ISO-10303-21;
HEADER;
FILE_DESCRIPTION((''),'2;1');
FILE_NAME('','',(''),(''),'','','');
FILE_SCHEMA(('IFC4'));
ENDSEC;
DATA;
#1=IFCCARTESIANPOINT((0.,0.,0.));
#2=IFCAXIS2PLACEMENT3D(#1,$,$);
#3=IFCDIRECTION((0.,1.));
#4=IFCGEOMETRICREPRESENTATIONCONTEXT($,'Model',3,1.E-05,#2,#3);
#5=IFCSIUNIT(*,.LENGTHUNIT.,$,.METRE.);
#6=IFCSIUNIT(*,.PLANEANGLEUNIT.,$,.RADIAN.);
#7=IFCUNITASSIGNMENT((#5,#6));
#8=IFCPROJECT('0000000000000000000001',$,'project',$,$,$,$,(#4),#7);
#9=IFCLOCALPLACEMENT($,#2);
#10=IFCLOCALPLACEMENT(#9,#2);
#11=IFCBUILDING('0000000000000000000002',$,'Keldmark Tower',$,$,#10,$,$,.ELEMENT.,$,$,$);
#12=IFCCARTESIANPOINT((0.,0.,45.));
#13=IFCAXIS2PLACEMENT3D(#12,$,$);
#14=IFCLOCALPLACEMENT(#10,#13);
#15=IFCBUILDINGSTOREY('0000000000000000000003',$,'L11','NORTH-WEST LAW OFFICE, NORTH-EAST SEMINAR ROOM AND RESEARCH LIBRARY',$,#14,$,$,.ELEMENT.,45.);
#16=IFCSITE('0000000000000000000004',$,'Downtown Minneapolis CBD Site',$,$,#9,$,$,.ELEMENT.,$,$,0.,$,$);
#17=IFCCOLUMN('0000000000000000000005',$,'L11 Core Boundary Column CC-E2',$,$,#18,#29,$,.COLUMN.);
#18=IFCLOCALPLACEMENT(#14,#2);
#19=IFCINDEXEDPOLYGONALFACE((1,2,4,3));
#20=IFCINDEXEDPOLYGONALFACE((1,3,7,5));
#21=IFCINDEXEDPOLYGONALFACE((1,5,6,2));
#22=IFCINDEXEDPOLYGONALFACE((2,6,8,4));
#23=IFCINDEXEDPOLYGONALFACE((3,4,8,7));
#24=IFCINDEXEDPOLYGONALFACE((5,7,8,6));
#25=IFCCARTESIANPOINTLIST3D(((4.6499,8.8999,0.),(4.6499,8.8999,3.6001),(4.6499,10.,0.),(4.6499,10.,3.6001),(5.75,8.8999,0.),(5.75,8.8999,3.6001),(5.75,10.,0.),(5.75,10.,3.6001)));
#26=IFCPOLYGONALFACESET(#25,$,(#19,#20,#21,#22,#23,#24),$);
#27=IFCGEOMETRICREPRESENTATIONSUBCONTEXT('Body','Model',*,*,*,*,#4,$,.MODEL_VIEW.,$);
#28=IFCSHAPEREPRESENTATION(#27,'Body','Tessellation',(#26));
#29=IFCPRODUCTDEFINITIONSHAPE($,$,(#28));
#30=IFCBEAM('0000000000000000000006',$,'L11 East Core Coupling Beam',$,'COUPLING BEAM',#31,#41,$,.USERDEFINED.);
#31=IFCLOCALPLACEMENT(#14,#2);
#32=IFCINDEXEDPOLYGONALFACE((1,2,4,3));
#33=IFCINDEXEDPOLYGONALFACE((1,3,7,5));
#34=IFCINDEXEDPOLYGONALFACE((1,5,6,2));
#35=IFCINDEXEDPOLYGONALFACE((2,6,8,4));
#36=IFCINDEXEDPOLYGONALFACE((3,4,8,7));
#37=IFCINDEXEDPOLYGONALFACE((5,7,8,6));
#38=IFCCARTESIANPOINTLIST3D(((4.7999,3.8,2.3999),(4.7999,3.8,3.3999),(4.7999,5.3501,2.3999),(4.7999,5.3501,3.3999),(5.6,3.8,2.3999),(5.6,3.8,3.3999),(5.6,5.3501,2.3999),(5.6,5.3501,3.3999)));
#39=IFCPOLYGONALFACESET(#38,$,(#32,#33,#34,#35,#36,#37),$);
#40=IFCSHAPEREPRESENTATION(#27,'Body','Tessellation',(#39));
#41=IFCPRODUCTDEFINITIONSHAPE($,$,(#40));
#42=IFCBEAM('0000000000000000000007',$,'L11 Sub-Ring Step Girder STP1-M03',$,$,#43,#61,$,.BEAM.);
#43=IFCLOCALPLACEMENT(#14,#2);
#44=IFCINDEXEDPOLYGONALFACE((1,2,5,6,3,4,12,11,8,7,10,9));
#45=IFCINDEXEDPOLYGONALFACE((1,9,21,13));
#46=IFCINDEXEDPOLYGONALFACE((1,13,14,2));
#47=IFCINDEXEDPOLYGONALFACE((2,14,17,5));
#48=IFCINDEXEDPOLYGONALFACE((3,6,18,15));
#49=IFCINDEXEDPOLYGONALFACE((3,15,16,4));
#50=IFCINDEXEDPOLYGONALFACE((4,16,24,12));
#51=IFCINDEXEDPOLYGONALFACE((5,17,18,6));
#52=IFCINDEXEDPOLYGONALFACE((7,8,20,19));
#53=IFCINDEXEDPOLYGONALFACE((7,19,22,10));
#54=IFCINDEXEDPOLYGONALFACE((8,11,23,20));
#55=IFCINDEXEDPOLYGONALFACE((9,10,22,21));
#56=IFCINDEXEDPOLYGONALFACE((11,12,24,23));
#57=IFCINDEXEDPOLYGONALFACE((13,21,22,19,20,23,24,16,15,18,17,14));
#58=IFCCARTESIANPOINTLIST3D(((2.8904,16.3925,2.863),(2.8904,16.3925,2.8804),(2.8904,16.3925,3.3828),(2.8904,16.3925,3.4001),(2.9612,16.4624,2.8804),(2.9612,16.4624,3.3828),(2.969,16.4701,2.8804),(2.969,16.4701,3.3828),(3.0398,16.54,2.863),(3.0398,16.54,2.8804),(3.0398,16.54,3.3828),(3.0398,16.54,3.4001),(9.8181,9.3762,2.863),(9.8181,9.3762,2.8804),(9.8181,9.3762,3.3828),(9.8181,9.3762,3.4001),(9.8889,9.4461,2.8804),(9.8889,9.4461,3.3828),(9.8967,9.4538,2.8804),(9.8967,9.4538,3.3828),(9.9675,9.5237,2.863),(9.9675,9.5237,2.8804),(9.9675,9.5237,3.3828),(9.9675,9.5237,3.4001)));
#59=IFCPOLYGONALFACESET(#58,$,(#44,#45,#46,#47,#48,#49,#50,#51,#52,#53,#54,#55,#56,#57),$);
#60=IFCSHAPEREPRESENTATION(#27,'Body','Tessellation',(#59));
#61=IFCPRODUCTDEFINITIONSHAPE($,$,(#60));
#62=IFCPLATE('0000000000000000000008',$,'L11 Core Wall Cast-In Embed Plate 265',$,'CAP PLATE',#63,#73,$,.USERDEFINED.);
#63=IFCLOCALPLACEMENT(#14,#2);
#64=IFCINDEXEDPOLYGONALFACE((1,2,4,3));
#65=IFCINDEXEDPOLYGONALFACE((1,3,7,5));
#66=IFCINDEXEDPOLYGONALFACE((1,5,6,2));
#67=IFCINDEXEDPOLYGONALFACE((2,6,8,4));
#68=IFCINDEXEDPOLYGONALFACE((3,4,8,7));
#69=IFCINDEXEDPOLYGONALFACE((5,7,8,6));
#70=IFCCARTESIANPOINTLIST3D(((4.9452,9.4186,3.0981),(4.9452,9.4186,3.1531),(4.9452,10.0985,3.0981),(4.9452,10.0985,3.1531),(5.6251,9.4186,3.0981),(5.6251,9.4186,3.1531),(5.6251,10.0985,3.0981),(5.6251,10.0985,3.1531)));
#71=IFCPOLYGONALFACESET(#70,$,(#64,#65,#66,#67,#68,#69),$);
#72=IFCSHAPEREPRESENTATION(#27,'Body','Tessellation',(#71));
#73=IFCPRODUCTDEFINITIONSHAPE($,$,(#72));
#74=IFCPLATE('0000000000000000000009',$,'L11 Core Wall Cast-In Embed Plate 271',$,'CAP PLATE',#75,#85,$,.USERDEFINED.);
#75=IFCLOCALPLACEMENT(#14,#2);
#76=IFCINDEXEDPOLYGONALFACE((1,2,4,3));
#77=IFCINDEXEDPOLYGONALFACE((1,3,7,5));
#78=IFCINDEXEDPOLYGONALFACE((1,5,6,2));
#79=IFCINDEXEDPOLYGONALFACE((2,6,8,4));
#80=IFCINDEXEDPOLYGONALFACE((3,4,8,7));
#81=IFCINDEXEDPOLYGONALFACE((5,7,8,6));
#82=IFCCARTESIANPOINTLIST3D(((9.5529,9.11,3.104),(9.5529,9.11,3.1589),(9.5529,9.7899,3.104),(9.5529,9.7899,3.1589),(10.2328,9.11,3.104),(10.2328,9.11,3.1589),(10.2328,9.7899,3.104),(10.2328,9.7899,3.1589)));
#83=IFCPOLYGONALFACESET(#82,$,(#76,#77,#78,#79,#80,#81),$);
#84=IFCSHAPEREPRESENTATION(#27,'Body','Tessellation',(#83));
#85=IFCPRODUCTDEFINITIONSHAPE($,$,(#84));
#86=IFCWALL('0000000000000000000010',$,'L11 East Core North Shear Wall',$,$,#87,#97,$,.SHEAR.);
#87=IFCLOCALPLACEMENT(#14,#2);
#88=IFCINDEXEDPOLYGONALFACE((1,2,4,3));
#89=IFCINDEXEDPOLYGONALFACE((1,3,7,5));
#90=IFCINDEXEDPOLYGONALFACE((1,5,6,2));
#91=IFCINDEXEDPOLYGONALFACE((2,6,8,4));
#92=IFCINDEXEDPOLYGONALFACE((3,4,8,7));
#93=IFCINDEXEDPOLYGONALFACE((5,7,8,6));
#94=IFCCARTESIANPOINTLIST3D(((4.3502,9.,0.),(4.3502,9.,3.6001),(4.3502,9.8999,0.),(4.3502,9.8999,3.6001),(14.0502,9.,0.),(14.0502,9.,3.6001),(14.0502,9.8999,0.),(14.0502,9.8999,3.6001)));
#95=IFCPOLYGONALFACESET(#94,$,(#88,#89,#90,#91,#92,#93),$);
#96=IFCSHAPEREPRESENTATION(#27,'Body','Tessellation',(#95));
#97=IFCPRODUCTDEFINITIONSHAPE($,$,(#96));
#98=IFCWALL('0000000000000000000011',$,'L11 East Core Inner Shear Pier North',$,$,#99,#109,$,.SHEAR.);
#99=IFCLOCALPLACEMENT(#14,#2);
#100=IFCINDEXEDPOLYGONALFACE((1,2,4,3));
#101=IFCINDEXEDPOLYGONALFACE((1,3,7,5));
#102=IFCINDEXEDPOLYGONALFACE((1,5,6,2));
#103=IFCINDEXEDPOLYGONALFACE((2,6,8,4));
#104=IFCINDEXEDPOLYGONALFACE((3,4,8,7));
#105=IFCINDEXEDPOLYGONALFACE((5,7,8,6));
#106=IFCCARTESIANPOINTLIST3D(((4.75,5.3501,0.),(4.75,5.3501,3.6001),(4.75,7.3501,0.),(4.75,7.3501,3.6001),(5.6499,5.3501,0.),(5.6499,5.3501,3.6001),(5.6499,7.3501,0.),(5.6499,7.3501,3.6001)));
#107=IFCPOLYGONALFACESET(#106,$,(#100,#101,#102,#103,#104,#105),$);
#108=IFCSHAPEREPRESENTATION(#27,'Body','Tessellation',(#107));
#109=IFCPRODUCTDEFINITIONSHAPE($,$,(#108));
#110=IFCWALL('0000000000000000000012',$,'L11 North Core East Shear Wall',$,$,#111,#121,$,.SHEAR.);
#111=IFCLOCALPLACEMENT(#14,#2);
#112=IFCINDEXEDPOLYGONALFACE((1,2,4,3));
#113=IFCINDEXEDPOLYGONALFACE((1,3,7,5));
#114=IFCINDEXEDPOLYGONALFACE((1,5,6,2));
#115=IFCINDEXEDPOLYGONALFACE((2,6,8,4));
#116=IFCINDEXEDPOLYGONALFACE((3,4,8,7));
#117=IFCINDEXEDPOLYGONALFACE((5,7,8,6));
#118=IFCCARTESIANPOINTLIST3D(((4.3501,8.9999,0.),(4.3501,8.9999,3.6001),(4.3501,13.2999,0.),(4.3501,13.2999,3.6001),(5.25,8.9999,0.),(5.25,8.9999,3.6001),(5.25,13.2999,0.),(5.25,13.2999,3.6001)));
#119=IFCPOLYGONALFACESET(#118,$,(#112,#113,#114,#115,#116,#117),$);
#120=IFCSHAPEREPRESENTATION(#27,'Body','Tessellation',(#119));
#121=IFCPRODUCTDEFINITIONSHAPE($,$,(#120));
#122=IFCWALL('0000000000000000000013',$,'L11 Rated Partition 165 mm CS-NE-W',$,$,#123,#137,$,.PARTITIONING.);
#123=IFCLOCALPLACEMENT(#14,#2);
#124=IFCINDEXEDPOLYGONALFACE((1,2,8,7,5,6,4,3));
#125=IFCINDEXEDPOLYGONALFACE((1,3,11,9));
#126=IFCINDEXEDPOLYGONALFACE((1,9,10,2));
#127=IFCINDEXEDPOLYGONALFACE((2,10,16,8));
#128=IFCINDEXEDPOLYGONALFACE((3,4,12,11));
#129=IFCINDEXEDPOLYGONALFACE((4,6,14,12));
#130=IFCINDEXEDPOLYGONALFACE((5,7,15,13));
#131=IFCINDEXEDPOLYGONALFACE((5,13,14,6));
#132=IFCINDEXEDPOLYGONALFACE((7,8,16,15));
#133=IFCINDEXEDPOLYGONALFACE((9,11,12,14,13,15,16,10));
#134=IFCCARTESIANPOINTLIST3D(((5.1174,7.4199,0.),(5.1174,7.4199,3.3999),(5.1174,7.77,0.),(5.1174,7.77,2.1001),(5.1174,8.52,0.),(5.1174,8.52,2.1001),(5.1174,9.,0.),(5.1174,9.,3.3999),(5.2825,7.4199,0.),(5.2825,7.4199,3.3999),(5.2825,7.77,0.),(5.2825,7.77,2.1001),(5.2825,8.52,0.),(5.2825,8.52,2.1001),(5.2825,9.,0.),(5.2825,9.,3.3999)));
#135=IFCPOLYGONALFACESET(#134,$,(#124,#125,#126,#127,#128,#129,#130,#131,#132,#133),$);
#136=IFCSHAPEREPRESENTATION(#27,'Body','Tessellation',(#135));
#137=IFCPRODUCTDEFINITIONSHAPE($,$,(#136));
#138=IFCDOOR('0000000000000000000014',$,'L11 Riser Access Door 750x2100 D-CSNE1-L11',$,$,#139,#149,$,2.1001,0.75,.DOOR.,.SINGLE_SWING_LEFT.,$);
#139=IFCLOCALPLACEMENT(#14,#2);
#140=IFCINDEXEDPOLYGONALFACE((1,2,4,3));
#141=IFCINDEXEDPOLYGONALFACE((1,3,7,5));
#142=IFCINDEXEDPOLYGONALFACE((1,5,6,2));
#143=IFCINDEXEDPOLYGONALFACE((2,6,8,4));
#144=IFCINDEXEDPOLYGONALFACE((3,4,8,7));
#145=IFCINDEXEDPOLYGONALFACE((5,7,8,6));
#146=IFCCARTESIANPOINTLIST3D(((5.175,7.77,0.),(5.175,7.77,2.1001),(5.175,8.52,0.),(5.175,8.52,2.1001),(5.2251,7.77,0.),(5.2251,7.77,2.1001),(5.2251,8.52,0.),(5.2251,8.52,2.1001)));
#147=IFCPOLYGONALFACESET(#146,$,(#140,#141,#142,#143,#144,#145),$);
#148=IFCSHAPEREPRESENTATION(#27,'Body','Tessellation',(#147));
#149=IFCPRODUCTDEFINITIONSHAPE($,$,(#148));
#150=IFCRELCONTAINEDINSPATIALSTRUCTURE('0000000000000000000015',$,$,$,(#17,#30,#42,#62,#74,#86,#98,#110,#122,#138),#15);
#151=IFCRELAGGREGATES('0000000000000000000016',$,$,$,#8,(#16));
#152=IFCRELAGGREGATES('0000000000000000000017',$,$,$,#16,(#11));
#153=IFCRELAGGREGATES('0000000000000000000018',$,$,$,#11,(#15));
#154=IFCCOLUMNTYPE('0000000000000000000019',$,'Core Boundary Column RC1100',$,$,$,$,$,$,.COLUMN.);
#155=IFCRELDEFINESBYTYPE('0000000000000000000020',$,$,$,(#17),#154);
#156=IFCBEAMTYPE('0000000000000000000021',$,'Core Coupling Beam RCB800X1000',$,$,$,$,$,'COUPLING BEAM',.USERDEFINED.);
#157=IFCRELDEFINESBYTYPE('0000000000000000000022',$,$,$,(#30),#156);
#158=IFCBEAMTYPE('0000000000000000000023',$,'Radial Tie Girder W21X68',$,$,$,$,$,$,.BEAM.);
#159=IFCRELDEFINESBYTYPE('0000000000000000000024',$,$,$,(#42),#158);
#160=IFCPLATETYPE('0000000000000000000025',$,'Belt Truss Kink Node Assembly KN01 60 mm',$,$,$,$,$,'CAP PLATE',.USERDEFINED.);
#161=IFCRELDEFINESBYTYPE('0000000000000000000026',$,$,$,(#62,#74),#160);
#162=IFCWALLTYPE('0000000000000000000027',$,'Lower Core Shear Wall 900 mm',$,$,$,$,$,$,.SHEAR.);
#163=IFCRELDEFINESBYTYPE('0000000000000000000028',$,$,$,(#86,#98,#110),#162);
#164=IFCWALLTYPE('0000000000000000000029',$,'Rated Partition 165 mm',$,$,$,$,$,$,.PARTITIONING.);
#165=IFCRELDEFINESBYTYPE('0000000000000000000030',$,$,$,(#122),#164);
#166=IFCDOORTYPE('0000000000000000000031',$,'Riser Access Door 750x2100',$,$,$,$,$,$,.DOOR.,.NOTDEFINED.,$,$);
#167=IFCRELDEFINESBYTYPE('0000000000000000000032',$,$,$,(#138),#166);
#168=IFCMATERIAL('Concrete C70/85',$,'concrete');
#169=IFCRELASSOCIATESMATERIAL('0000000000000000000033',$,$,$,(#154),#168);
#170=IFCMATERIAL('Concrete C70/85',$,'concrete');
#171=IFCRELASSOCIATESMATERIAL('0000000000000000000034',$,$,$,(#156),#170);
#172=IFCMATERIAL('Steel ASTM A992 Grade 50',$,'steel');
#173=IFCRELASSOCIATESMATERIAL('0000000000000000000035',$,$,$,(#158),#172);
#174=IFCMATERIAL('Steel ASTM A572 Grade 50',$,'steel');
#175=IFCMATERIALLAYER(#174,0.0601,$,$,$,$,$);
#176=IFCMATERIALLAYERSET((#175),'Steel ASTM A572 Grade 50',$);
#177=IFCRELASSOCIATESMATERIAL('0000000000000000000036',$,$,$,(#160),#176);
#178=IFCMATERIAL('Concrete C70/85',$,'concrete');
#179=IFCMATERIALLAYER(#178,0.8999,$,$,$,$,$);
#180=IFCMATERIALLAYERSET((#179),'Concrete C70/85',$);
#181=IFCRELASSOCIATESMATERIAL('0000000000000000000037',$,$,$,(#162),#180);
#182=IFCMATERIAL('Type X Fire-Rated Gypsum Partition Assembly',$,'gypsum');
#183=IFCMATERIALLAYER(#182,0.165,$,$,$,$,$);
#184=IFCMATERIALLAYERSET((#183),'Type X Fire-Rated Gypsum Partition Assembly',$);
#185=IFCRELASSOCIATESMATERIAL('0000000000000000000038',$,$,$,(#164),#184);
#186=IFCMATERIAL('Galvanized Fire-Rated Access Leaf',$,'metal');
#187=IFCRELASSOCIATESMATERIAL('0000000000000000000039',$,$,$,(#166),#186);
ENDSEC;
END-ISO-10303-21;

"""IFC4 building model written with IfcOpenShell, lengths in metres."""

from ifc_helpers import new_model, si_unit, direction, frame, frame_2d, origin, origin_2d, place, context, subcontext, project, spatial, rectangle, i_section, extrude, material, layer, layer_set, material_profile, profile_set, type_object, element, fill, save


model = new_model("IFC4")

# Units and contexts
model_context = context("Model", 3, precision=1e-05, world=origin(), true_north=direction((0.0, 1.0)))
body_context = subcontext(model_context, "Body", "Model", "MODEL_VIEW")
ifc_project = project(units=[si_unit("LENGTHUNIT", "METRE"), si_unit("PLANEANGLEUNIT", "RADIAN")], contexts=[model_context])

# Site, building, storey
site_placement = place(None, origin())
site = spatial("IfcSite", under=ifc_project, at=site_placement, Name="Downtown Minneapolis CBD Site", CompositionType="ELEMENT", RefElevation=0.0)
building_placement = place(site_placement, origin())
building = spatial("IfcBuilding", under=site, at=building_placement, Name="Keldmark Tower", CompositionType="ELEMENT")
storey_placement = place(building_placement, frame((0.0, 0.0, 45.0)))
storey = spatial("IfcBuildingStorey", under=building, at=storey_placement, Name="L11", Description="NORTH-WEST LAW OFFICE, NORTH-EAST SEMINAR ROOM AND RESEARCH LIBRARY", CompositionType="ELEMENT", Elevation=45.0)

# Column
ifc_material_1 = material(Name="Concrete C70/85", Category="concrete")
ifc_material_profile_1 = material_profile(ifc_material_1, rectangle(XDim=1.1001, YDim=1.1001, at=origin_2d()), Name="RC1100X1100")
ifc_profile_set_1 = profile_set([ifc_material_profile_1], Name="Concrete C70/85")
column_type = type_object("IfcColumnType", Name="Core Boundary Column RC1100", PredefinedType="COLUMN", material=ifc_profile_set_1)
column_placement = place(storey_placement, frame((5.2, 9.45, 0.0), z_axis=(0.0, 0.0, 1.0), x_axis=(1.0, 0.0, 0.0)))
element("IfcColumn", 1, at=column_placement, inside=storey, type_object=column_type, Name="L11 Core Boundary Column CC-E2", PredefinedType="COLUMN", context=body_context, shape_type="SweptSolid", body=[
    extrude(rectangle(XDim=1.1001, YDim=1.1001, at=origin_2d()), origin(), (0.0, 0.0, 1.0), 3.6001),
])

# Beams
ifc_material_2 = material(Name="Concrete C70/85", Category="concrete")
ifc_material_profile_2 = material_profile(ifc_material_2, rectangle(XDim=0.8, YDim=1.0, at=origin_2d()), Name="RCB800X1000")
ifc_profile_set_2 = profile_set([ifc_material_profile_2], Name="Concrete C70/85")
beam_type_1 = type_object("IfcBeamType", Name="Core Coupling Beam RCB800X1000", ElementType="COUPLING BEAM", PredefinedType="USERDEFINED", material=ifc_profile_set_2)
beam_1_placement = place(storey_placement, frame((5.2, 3.8, 2.8999), z_axis=(0.0, 1.0, 0.0), x_axis=(-1.0, 0.0, 0.0)))
element("IfcBeam", 2, at=beam_1_placement, inside=storey, type_object=beam_type_1, Name="L11 East Core Coupling Beam", ObjectType="COUPLING BEAM", PredefinedType="USERDEFINED", context=body_context, shape_type="SweptSolid", body=[
    extrude(rectangle(XDim=0.8, YDim=1.0, at=origin_2d()), origin(), (0.0, 0.0, 1.0), 1.55),
])
ifc_material_3 = material(Name="Steel ASTM A992 Grade 50", Category="steel")
ifc_material_profile_3 = material_profile(ifc_material_3, i_section(OverallWidth=0.21, OverallDepth=0.5371, WebThickness=0.011, FlangeThickness=0.0173, at=origin_2d()), Name="W21X68")
ifc_profile_set_3 = profile_set([ifc_material_profile_3], Name="Steel ASTM A992 Grade 50")
beam_type_2 = type_object("IfcBeamType", Name="Radial Tie Girder W21X68", PredefinedType="BEAM", material=ifc_profile_set_3)
beam_2_placement = place(storey_placement, frame((9.8928, 9.45, 3.1316), z_axis=(-0.702599, 0.711586, 0.0), x_axis=(-0.711586, -0.702599, 0.0)))
element("IfcBeam", 3, at=beam_2_placement, inside=storey, type_object=beam_type_2, Name="L11 Sub-Ring Step Girder STP1-M03", PredefinedType="BEAM", context=body_context, shape_type="SweptSolid", body=[
    extrude(i_section(OverallWidth=0.21, OverallDepth=0.5371, WebThickness=0.011, FlangeThickness=0.0173, at=origin_2d()), origin(), (0.0, 0.0, 1.0), 9.8601),
])

# Plates
ifc_material_4 = material(Name="Steel ASTM A572 Grade 50", Category="steel")
ifc_layer_1 = layer(ifc_material_4, 0.0601)
ifc_layer_set_1 = layer_set([ifc_layer_1], Name="Steel ASTM A572 Grade 50")
plate_type = type_object("IfcPlateType", Name="Belt Truss Kink Node Assembly KN01 60 mm", ElementType="CAP PLATE", PredefinedType="USERDEFINED", material=ifc_layer_set_1)
for number, where, z_axis, x_axis, name in (
    (4, (5.2852, 9.7585, 3.0981), (0.0, 0.0, 1.0), (1.0, 0.0, 0.0), "L11 Core Wall Cast-In Embed Plate 265"),
    (5, (9.8928, 9.45, 3.104), (0.0, 0.0, 1.0), (1.0, 0.0, 0.0), "L11 Core Wall Cast-In Embed Plate 271"),
):
    element("IfcPlate", number, at=place(storey_placement, frame(where, z_axis=z_axis, x_axis=x_axis)), inside=storey, type_object=plate_type, Name=name, ObjectType="CAP PLATE", PredefinedType="USERDEFINED", context=body_context, shape_type="SweptSolid", body=[
        extrude(rectangle(XDim=0.6799, YDim=0.6799, at=origin_2d()), origin(), (0.0, 0.0, 1.0), 0.0549),
    ])

# Walls
ifc_material_5 = material(Name="Concrete C70/85", Category="concrete")
ifc_layer_2 = layer(ifc_material_5, 0.8999)
ifc_layer_set_2 = layer_set([ifc_layer_2], Name="Concrete C70/85")
wall_type_1 = type_object("IfcWallType", Name="Lower Core Shear Wall 900 mm", PredefinedType="SHEAR", material=ifc_layer_set_2)
wall_1_placement = place(storey_placement, frame((4.3501, 9.45, 0.0), z_axis=(0.0, 0.0, 1.0), x_axis=(1.0, 0.0, 0.0)))
element("IfcWall", 6, at=wall_1_placement, inside=storey, type_object=wall_type_1, Name="L11 East Core North Shear Wall", PredefinedType="SHEAR", context=body_context, shape_type="SweptSolid", body=[
    extrude(rectangle(XDim=9.7, YDim=0.8999, at=frame_2d((4.8501, 0.0))), origin(), (0.0, 0.0, 1.0), 3.6001),
])
wall_2_placement = place(storey_placement, frame((5.2, 5.3501, 0.0), z_axis=(0.0, 0.0, 1.0), x_axis=(0.0, 1.0, 0.0)))
element("IfcWall", 7, at=wall_2_placement, inside=storey, type_object=wall_type_1, Name="L11 East Core Inner Shear Pier North", PredefinedType="SHEAR", context=body_context, shape_type="SweptSolid", body=[
    extrude(rectangle(XDim=2.0, YDim=0.8999, at=frame_2d((1.0, 0.0))), origin(), (0.0, 0.0, 1.0), 3.6001),
])
wall_3_placement = place(storey_placement, frame((4.8, 9.0, 0.0), z_axis=(0.0, 0.0, 1.0), x_axis=(0.0, 1.0, 0.0)))
element("IfcWall", 8, at=wall_3_placement, inside=storey, type_object=wall_type_1, Name="L11 North Core East Shear Wall", PredefinedType="SHEAR", context=body_context, shape_type="SweptSolid", body=[
    extrude(rectangle(XDim=4.3, YDim=0.8999, at=frame_2d((2.1499, 0.0))), origin(), (0.0, 0.0, 1.0), 3.6001),
])

# Wall, opening, door
ifc_material_6 = material(Name="Type X Fire-Rated Gypsum Partition Assembly", Category="gypsum")
ifc_layer_3 = layer(ifc_material_6, 0.165)
ifc_layer_set_3 = layer_set([ifc_layer_3], Name="Type X Fire-Rated Gypsum Partition Assembly")
wall_type_2 = type_object("IfcWallType", Name="Rated Partition 165 mm", PredefinedType="PARTITIONING", material=ifc_layer_set_3)
wall_4_placement = place(storey_placement, frame((5.2, 7.4199, 0.0), z_axis=(0.0, 0.0, 1.0), x_axis=(0.0, 1.0, 0.0)))
wall_4 = element("IfcWall", 9, at=wall_4_placement, inside=storey, type_object=wall_type_2, Name="L11 Rated Partition 165 mm CS-NE-W", PredefinedType="PARTITIONING", context=body_context, shape_type="SweptSolid", body=[
    extrude(rectangle(XDim=1.5801, YDim=0.165, at=frame_2d((0.79, 0.0))), origin(), (0.0, 0.0, 1.0), 3.3999),
])
opening_1_placement = place(wall_4_placement, frame((0.3501, 0.0, 0.0)))
opening_1 = element("IfcOpeningElement", 10, at=opening_1_placement, cuts=wall_4, PredefinedType="OPENING", context=body_context, shape_type="SweptSolid", body=[
    extrude(rectangle(XDim=0.75, YDim=2.1001, at=frame_2d((0.375, 1.05))), frame((0.0, 0.0925, 0.0), z_axis=(0.0, -1.0, 0.0), x_axis=(1.0, 0.0, 0.0)), (0.0, 0.0, 1.0), 0.1851),
])
ifc_material_7 = material(Name="Galvanized Fire-Rated Access Leaf", Category="metal")
door_type_1 = type_object("IfcDoorType", Name="Riser Access Door 750x2100", OperationType="NOTDEFINED", PredefinedType="DOOR", material=ifc_material_7)
door_1_placement = place(opening_1_placement, origin())
door_1 = element("IfcDoor", 11, at=door_1_placement, inside=storey, type_object=door_type_1, Name="L11 Riser Access Door 750x2100 D-CSNE1-L11", OperationType="SINGLE_SWING_LEFT", OverallHeight=2.1001, OverallWidth=0.75, PredefinedType="DOOR", context=body_context, shape_type="SweptSolid", body=[
    extrude(rectangle(XDim=0.75, YDim=2.1001, at=frame_2d((0.375, 1.05))), frame((0.0, 0.0249, 0.0), z_axis=(0.0, -1.0, 0.0), x_axis=(1.0, 0.0, 0.0)), (0.0, 0.0, 1.0), 0.05),
])
fill(opening_1, door_1)

save(model, "model.ifc")
